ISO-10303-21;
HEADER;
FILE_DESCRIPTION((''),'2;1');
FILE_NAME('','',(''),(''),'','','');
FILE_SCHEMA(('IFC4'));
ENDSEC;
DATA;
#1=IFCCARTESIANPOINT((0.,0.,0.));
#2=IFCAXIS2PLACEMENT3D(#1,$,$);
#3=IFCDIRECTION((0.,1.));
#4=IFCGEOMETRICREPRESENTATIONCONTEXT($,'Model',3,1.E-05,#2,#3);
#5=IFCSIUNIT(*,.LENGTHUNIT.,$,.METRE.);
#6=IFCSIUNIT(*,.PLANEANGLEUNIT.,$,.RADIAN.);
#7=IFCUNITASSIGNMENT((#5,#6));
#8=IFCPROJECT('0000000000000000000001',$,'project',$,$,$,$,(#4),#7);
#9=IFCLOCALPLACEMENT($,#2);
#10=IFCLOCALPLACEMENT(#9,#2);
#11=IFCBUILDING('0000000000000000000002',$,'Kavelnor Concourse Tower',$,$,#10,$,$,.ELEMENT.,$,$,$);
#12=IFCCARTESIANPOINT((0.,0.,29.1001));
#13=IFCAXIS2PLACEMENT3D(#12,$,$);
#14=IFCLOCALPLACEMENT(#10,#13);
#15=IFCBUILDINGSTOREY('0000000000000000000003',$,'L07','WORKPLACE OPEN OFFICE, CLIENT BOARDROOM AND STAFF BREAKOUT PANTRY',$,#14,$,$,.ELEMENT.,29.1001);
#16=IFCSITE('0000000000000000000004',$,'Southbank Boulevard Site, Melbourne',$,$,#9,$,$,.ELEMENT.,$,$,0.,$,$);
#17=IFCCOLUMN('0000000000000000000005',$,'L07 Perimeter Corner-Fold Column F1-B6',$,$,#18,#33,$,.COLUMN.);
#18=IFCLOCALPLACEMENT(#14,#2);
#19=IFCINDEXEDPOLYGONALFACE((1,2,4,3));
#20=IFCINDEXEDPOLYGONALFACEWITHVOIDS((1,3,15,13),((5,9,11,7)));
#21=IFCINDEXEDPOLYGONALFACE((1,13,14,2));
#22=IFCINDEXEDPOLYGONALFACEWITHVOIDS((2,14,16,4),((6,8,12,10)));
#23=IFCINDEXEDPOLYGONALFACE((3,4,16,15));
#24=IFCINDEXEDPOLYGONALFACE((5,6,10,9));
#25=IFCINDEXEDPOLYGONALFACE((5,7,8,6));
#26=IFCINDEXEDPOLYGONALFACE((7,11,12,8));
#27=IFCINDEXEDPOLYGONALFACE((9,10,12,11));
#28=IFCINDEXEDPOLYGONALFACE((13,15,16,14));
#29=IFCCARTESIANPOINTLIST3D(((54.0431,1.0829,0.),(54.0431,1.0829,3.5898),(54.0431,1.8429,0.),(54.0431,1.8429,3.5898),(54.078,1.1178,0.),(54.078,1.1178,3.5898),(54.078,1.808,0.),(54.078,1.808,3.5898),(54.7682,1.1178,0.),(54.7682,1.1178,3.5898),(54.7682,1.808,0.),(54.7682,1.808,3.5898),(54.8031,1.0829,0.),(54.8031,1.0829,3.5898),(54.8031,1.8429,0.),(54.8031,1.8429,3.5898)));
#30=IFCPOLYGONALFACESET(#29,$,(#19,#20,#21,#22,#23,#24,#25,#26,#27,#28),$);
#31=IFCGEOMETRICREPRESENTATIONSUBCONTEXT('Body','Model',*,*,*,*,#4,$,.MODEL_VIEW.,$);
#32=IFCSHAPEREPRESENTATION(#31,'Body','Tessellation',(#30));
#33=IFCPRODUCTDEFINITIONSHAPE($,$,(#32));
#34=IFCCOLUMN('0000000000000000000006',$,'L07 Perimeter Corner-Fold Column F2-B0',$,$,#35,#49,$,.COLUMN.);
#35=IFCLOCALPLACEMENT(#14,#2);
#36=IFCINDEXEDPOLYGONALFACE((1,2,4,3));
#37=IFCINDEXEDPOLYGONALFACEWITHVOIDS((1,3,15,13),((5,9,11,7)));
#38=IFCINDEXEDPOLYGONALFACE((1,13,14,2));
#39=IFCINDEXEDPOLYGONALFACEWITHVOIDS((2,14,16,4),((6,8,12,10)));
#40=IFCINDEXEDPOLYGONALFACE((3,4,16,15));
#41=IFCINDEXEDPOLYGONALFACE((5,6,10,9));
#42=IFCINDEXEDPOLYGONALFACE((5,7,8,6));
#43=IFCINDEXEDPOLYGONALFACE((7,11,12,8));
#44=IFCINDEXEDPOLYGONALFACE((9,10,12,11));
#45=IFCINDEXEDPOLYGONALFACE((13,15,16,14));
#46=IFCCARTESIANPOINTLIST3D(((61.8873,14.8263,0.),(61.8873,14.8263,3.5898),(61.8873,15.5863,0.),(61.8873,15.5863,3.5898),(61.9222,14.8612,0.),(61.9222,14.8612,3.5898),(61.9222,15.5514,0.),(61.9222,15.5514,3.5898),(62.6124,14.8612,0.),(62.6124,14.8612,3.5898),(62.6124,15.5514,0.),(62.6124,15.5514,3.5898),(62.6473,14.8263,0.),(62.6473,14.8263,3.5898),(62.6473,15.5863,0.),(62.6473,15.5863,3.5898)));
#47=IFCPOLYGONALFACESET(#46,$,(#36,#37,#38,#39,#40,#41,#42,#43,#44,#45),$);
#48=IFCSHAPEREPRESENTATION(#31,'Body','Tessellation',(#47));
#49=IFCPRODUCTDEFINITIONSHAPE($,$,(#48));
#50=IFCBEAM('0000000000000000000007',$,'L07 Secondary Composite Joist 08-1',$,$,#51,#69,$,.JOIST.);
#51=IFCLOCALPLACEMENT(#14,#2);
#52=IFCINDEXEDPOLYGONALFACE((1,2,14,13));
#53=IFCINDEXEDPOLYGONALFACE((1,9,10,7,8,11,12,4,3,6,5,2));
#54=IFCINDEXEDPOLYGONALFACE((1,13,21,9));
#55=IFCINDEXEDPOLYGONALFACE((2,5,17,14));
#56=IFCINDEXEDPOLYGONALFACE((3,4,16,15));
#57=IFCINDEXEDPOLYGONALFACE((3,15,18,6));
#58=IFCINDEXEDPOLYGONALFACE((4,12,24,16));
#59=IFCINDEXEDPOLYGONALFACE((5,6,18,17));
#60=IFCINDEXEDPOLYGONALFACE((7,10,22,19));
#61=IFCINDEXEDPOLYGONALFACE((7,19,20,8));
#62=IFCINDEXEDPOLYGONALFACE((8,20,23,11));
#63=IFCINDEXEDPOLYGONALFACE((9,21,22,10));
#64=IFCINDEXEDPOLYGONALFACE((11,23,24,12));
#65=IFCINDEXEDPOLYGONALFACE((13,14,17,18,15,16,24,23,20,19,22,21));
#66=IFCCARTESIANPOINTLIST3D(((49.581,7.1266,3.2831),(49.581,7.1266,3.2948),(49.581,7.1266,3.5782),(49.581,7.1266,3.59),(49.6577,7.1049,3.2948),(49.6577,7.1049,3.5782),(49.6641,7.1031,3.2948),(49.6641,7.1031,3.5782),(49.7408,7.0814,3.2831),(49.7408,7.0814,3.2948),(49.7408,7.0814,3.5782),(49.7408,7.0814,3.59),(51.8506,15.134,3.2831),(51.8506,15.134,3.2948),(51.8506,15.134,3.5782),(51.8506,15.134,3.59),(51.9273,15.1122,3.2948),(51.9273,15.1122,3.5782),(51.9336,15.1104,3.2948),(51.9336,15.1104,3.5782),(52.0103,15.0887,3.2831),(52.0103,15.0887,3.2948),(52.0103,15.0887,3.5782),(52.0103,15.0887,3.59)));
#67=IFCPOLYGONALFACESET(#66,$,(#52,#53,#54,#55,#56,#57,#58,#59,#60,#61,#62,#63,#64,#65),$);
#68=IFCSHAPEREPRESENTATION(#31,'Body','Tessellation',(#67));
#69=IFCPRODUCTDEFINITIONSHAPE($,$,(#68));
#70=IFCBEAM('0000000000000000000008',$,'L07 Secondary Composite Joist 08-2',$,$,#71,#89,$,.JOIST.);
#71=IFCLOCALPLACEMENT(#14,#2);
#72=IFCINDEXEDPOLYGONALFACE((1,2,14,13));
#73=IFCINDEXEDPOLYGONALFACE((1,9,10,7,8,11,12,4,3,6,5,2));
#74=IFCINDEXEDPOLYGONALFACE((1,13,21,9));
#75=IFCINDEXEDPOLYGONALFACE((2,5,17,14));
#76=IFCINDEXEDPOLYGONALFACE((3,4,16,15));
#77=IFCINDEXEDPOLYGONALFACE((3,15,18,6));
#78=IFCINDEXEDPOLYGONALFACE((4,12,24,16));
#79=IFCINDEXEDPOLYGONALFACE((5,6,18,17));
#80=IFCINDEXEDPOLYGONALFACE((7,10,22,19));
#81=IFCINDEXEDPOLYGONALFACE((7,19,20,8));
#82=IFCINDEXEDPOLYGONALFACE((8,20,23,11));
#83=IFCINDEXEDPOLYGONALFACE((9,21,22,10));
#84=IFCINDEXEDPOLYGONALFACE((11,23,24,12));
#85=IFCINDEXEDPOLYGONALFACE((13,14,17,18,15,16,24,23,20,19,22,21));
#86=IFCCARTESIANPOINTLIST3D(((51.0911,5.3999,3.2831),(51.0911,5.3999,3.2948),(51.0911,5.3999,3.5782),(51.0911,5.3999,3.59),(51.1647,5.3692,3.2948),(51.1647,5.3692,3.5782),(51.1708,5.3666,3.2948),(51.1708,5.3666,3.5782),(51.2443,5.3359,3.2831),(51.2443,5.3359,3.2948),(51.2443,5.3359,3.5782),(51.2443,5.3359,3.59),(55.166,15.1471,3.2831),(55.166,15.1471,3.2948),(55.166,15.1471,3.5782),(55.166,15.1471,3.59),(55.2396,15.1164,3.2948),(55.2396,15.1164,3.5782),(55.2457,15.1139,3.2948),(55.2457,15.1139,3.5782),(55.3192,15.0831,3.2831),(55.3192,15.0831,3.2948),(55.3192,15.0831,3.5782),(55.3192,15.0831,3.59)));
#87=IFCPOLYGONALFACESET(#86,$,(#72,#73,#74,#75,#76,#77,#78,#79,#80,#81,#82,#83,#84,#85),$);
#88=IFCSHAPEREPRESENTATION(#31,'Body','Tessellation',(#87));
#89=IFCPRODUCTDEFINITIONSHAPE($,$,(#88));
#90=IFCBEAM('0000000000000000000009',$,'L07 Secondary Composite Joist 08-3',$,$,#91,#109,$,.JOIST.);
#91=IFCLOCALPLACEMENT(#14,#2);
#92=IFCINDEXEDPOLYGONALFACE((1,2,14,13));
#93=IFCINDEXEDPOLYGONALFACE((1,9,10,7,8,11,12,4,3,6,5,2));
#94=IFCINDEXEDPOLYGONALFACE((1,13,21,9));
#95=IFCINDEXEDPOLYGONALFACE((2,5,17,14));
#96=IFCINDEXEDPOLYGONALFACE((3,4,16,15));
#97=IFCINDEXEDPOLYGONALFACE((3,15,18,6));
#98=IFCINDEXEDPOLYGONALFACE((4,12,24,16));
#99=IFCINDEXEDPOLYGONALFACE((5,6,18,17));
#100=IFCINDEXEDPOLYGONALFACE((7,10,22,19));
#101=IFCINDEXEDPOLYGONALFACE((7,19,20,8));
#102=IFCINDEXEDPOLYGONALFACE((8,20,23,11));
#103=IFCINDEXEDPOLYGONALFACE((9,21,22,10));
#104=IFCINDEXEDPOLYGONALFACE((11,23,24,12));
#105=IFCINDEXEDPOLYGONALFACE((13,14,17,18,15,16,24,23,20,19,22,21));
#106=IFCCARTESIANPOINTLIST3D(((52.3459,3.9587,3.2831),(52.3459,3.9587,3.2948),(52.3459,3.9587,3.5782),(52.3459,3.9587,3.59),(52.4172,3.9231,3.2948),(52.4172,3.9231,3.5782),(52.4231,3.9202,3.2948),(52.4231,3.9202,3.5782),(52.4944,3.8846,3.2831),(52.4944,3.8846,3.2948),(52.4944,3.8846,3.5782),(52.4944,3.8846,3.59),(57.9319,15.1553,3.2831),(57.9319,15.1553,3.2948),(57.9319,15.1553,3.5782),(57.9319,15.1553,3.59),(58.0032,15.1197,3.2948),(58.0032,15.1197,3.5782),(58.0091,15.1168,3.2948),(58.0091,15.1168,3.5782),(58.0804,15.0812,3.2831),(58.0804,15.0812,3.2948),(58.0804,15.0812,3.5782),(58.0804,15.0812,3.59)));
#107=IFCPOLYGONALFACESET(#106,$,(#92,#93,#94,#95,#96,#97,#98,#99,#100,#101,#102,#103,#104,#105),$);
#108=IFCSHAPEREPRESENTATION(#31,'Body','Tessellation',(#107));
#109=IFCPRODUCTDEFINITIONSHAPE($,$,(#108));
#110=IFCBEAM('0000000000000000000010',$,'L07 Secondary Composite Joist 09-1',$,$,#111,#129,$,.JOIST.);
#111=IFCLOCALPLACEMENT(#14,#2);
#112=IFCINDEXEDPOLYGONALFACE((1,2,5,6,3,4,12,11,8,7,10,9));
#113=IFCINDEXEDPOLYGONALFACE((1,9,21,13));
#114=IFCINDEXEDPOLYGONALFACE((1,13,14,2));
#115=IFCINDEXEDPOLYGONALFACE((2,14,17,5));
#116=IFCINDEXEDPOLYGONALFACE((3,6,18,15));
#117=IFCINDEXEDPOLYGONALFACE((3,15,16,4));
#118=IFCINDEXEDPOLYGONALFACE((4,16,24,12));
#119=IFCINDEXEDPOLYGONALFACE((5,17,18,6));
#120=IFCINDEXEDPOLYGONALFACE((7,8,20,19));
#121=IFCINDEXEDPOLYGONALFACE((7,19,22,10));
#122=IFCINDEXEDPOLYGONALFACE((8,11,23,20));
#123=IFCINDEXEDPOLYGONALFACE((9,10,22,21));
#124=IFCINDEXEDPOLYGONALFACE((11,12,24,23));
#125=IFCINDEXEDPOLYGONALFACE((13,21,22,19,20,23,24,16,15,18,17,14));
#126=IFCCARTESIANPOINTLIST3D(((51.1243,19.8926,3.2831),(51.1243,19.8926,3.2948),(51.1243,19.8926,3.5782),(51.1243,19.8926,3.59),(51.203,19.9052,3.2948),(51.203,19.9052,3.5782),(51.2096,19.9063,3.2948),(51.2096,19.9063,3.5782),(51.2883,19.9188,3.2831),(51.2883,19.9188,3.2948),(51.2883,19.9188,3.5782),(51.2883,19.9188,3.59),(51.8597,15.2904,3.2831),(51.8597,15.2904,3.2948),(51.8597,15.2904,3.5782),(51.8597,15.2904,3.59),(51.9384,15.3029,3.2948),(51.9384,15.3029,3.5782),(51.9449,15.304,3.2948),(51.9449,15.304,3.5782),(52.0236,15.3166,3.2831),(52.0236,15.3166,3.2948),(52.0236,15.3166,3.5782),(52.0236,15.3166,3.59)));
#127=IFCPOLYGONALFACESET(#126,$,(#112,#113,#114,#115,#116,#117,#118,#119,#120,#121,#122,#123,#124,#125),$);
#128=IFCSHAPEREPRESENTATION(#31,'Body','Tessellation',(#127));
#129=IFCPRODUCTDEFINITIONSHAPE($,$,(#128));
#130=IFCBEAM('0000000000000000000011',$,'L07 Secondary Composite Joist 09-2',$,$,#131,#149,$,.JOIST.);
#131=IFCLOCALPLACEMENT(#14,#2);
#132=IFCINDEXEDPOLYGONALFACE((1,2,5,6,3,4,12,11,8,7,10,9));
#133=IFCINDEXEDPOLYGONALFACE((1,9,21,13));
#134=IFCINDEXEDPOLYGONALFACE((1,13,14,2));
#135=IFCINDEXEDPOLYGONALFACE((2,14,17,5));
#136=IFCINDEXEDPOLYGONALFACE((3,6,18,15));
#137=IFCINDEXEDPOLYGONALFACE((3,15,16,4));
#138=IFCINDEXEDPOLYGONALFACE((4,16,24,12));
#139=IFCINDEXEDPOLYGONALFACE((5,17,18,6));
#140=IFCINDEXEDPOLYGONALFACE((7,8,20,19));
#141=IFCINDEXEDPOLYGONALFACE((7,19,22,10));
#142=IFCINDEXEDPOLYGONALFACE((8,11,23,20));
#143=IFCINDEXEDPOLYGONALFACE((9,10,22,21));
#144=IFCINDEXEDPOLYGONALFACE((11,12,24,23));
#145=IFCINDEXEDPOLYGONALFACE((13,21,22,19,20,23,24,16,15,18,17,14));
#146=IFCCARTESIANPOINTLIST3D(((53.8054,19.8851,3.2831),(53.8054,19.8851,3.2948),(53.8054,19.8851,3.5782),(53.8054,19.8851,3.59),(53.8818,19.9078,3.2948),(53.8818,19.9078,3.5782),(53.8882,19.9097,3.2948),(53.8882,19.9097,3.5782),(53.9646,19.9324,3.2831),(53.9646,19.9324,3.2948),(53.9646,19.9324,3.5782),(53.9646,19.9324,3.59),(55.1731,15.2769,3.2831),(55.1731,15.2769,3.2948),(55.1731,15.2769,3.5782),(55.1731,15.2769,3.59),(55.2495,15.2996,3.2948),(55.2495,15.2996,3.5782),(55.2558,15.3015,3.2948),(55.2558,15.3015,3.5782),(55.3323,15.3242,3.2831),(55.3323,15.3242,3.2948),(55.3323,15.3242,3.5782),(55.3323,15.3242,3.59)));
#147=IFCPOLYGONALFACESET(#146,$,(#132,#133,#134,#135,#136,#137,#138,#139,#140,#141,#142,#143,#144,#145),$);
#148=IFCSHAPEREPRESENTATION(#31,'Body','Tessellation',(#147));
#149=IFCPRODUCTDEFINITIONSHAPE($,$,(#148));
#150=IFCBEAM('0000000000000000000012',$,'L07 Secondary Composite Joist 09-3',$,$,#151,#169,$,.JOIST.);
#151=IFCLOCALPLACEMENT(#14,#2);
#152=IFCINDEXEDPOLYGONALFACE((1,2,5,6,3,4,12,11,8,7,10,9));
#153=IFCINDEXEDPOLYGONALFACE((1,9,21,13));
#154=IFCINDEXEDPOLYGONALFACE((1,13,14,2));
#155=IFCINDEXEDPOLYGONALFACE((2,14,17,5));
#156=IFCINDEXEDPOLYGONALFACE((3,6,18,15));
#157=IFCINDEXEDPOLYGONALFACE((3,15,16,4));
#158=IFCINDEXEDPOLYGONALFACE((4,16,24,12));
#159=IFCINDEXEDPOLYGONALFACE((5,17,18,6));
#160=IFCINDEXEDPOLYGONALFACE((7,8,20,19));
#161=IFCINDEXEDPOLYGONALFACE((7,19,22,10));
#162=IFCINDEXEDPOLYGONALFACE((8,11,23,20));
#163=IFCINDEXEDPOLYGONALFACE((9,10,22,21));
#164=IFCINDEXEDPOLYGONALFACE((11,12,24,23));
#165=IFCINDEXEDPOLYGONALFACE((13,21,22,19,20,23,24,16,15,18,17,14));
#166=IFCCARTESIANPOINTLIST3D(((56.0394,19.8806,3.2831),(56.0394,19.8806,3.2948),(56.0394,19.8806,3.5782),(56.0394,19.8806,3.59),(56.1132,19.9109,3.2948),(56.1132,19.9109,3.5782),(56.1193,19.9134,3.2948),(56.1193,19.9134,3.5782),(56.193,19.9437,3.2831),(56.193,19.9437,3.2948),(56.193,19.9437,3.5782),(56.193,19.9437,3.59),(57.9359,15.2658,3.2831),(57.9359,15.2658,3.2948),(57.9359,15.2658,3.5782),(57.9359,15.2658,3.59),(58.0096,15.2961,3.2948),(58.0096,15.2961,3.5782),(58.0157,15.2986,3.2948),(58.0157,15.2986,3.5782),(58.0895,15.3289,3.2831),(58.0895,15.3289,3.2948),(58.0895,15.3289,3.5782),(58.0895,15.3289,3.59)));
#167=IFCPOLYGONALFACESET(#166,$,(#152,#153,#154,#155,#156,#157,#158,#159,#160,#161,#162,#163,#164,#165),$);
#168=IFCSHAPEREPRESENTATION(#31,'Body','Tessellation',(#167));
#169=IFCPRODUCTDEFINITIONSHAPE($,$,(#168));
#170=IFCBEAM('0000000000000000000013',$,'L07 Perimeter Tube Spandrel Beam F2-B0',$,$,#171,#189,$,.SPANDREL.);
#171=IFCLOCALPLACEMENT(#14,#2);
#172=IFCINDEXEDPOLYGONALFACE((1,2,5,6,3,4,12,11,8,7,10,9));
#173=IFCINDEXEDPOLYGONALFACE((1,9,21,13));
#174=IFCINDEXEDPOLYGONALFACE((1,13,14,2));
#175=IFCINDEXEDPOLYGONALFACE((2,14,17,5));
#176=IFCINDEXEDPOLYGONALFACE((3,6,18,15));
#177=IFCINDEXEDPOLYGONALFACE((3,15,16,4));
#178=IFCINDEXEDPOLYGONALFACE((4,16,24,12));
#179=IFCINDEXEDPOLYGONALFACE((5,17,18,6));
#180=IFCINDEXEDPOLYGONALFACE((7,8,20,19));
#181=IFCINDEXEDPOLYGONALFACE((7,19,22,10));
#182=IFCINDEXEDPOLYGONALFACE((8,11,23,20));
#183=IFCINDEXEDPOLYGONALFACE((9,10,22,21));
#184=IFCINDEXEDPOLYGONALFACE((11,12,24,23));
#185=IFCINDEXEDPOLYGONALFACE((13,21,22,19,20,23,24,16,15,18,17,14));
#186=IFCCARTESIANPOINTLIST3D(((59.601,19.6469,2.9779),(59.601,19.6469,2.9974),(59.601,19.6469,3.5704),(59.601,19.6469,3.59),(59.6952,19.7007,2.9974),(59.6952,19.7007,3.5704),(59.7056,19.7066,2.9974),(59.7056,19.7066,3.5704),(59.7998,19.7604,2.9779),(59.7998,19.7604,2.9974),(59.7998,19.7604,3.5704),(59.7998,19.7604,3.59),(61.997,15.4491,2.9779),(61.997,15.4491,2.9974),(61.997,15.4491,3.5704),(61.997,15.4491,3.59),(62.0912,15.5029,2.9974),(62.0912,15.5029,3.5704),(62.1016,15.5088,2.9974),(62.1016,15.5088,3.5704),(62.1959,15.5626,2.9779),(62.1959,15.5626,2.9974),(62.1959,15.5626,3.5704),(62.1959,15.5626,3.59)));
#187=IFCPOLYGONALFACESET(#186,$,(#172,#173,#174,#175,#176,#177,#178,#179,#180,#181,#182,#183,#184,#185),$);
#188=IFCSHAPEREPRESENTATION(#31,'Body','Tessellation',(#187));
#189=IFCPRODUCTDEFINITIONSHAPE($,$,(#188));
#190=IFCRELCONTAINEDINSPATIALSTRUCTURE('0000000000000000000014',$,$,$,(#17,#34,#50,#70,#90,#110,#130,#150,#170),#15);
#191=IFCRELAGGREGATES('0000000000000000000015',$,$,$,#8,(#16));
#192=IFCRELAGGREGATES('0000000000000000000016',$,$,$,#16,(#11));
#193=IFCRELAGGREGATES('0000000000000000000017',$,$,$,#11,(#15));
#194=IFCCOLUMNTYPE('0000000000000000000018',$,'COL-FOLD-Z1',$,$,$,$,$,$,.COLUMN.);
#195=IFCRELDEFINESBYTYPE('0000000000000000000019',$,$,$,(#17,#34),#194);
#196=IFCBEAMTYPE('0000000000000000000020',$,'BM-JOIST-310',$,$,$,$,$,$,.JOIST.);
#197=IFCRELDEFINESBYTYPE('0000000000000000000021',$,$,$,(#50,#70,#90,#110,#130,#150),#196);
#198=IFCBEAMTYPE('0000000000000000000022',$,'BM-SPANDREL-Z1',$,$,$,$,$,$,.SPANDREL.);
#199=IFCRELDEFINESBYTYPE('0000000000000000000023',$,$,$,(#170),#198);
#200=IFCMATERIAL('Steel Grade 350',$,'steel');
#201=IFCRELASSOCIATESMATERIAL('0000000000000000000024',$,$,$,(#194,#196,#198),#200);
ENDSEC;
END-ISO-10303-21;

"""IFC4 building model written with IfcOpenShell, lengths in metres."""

from ifc_helpers import new_model, si_unit, direction, frame, origin, origin_2d, place, context, subcontext, project, spatial, hollow_rectangle, i_section, extrude, material, material_profile, profile_set, type_object, element, save


model = new_model("IFC4")

# Units and contexts
model_context = context("Model", 3, precision=1e-05, world=origin(), true_north=direction((0.0, 1.0)))
body_context = subcontext(model_context, "Body", "Model", "MODEL_VIEW")
ifc_project = project(units=[si_unit("LENGTHUNIT", "METRE"), si_unit("PLANEANGLEUNIT", "RADIAN")], contexts=[model_context])

# Site, building, storey
site_placement = place(None, origin())
site = spatial("IfcSite", under=ifc_project, at=site_placement, Name="Southbank Boulevard Site, Melbourne", CompositionType="ELEMENT", RefElevation=0.0)
building_placement = place(site_placement, origin())
building = spatial("IfcBuilding", under=site, at=building_placement, Name="Kavelnor Concourse Tower", CompositionType="ELEMENT")
storey_placement = place(building_placement, frame((0.0, 0.0, 29.1001)))
storey = spatial("IfcBuildingStorey", under=building, at=storey_placement, Name="L07", Description="WORKPLACE OPEN OFFICE, CLIENT BOARDROOM AND STAFF BREAKOUT PANTRY", CompositionType="ELEMENT", Elevation=29.1001)

# Columns
ifc_material_1 = material(Name="Steel Grade 350", Category="steel")
ifc_material_profile_1 = material_profile(ifc_material_1, hollow_rectangle(XDim=0.76, YDim=0.76, WallThickness=0.0349, at=origin_2d()), Name="SHS 760x760x35")
ifc_profile_set_1 = profile_set([ifc_material_profile_1], Name="Steel Grade 350")
column_type = type_object("IfcColumnType", Name="COL-FOLD-Z1", PredefinedType="COLUMN", material=ifc_profile_set_1)
for number, where, z_axis, x_axis, name in (
    (1, (54.4231, 1.4629, 0.0), (0.0, 0.0, 1.0), (1.0, 0.0, 0.0), "L07 Perimeter Corner-Fold Column F1-B6"),
    (2, (62.2673, 15.2063, 0.0), (0.0, 0.0, 1.0), (1.0, 0.0, 0.0), "L07 Perimeter Corner-Fold Column F2-B0"),
):
    element("IfcColumn", number, at=place(storey_placement, frame(where, z_axis=z_axis, x_axis=x_axis)), inside=storey, type_object=column_type, Name=name, PredefinedType="COLUMN", context=body_context, shape_type="SweptSolid", body=[
        extrude(hollow_rectangle(XDim=0.76, YDim=0.76, WallThickness=0.0349, at=origin_2d()), origin(), (0.0, 0.0, 1.0), 3.5898),
    ])

# Beams
ifc_material_profile_2 = material_profile(ifc_material_1, i_section(OverallWidth=0.166, OverallDepth=0.3069, WebThickness=0.0066, FlangeThickness=0.0117, at=origin_2d()), Name="310UB46")
ifc_profile_set_2 = profile_set([ifc_material_profile_2], Name="Steel Grade 350")
beam_type_1 = type_object("IfcBeamType", Name="BM-JOIST-310", PredefinedType="JOIST", material=ifc_profile_set_2)
beam_1_placement = place(storey_placement, frame((49.6609, 7.104, 3.4365), z_axis=(0.27269, 0.962102, 0.0), x_axis=(-0.962102, 0.27269, 0.0)))
element("IfcBeam", 3, at=beam_1_placement, inside=storey, type_object=beam_type_1, Name="L07 Secondary Composite Joist 08-1", PredefinedType="JOIST", context=body_context, shape_type="SweptSolid", body=[
    extrude(i_section(OverallWidth=0.166, OverallDepth=0.3069, WebThickness=0.0066, FlangeThickness=0.0117, at=origin_2d()), origin(), (0.0, 0.0, 1.0), 8.3228),
])
beam_2_placement = place(storey_placement, frame((51.1677, 5.3679, 3.4365), z_axis=(0.38571, 0.92262, 0.0), x_axis=(-0.92262, 0.38571, 0.0)))
element("IfcBeam", 4, at=beam_2_placement, inside=storey, type_object=beam_type_1, Name="L07 Secondary Composite Joist 08-2", PredefinedType="JOIST", context=body_context, shape_type="SweptSolid", body=[
    extrude(i_section(OverallWidth=0.166, OverallDepth=0.3069, WebThickness=0.0066, FlangeThickness=0.0117, at=origin_2d()), origin(), (0.0, 0.0, 1.0), 10.5647),
])
beam_3_placement = place(storey_placement, frame((52.4202, 3.9216, 3.4365), z_axis=(0.446425, 0.894821, 0.0), x_axis=(-0.894821, 0.446425, 0.0)))
element("IfcBeam", 5, at=beam_3_placement, inside=storey, type_object=beam_type_1, Name="L07 Secondary Composite Joist 08-3", PredefinedType="JOIST", context=body_context, shape_type="SweptSolid", body=[
    extrude(i_section(OverallWidth=0.166, OverallDepth=0.3069, WebThickness=0.0066, FlangeThickness=0.0117, at=origin_2d()), origin(), (0.0, 0.0, 1.0), 12.5127),
])
beam_4_placement = place(storey_placement, frame((51.9417, 15.3035, 3.4365), z_axis=(-0.157778, 0.987475, 0.0), x_axis=(-0.987475, -0.157778, 0.0)))
element("IfcBeam", 6, at=beam_4_placement, inside=storey, type_object=beam_type_1, Name="L07 Secondary Composite Joist 09-1", PredefinedType="JOIST", context=body_context, shape_type="SweptSolid", body=[
    extrude(i_section(OverallWidth=0.166, OverallDepth=0.3069, WebThickness=0.0066, FlangeThickness=0.0117, at=origin_2d()), origin(), (0.0, 0.0, 1.0), 4.6606),
])
beam_5_placement = place(storey_placement, frame((55.2527, 15.3005, 3.4365), z_axis=(-0.284528, 0.958668, 0.0), x_axis=(-0.958668, -0.284528, 0.0)))
element("IfcBeam", 7, at=beam_5_placement, inside=storey, type_object=beam_type_1, Name="L07 Secondary Composite Joist 09-2", PredefinedType="JOIST", context=body_context, shape_type="SweptSolid", body=[
    extrude(i_section(OverallWidth=0.166, OverallDepth=0.3069, WebThickness=0.0066, FlangeThickness=0.0117, at=origin_2d()), origin(), (0.0, 0.0, 1.0), 4.8069),
])
beam_6_placement = place(storey_placement, frame((58.0127, 15.2974, 3.4365), z_axis=(-0.380115, 0.924939, 0.0), x_axis=(-0.924939, -0.380115, 0.0)))
element("IfcBeam", 8, at=beam_6_placement, inside=storey, type_object=beam_type_1, Name="L07 Secondary Composite Joist 09-3", PredefinedType="JOIST", context=body_context, shape_type="SweptSolid", body=[
    extrude(i_section(OverallWidth=0.166, OverallDepth=0.3069, WebThickness=0.0066, FlangeThickness=0.0117, at=origin_2d()), origin(), (0.0, 0.0, 1.0), 4.9893),
])
ifc_material_profile_3 = material_profile(ifc_material_1, i_section(OverallWidth=0.229, OverallDepth=0.6121, WebThickness=0.012, FlangeThickness=0.0195, at=origin_2d()), Name="610UB125")
ifc_profile_set_3 = profile_set([ifc_material_profile_3], Name="Steel Grade 350")
beam_type_2 = type_object("IfcBeamType", Name="BM-SPANDREL-Z1", PredefinedType="SPANDREL", material=ifc_profile_set_3)
beam_7_placement = place(storey_placement, frame((62.0964, 15.5059, 3.2839), z_axis=(-0.495715, 0.868485, 0.0), x_axis=(-0.868485, -0.495715, 0.0)))
element("IfcBeam", 9, at=beam_7_placement, inside=storey, type_object=beam_type_2, Name="L07 Perimeter Tube Spandrel Beam F2-B0", PredefinedType="SPANDREL", context=body_context, shape_type="SweptSolid", body=[
    extrude(i_section(OverallWidth=0.229, OverallDepth=0.6121, WebThickness=0.012, FlangeThickness=0.0195, at=origin_2d()), origin(), (0.0, 0.0, 1.0), 4.8335),
])

save(model, "model.ifc")
